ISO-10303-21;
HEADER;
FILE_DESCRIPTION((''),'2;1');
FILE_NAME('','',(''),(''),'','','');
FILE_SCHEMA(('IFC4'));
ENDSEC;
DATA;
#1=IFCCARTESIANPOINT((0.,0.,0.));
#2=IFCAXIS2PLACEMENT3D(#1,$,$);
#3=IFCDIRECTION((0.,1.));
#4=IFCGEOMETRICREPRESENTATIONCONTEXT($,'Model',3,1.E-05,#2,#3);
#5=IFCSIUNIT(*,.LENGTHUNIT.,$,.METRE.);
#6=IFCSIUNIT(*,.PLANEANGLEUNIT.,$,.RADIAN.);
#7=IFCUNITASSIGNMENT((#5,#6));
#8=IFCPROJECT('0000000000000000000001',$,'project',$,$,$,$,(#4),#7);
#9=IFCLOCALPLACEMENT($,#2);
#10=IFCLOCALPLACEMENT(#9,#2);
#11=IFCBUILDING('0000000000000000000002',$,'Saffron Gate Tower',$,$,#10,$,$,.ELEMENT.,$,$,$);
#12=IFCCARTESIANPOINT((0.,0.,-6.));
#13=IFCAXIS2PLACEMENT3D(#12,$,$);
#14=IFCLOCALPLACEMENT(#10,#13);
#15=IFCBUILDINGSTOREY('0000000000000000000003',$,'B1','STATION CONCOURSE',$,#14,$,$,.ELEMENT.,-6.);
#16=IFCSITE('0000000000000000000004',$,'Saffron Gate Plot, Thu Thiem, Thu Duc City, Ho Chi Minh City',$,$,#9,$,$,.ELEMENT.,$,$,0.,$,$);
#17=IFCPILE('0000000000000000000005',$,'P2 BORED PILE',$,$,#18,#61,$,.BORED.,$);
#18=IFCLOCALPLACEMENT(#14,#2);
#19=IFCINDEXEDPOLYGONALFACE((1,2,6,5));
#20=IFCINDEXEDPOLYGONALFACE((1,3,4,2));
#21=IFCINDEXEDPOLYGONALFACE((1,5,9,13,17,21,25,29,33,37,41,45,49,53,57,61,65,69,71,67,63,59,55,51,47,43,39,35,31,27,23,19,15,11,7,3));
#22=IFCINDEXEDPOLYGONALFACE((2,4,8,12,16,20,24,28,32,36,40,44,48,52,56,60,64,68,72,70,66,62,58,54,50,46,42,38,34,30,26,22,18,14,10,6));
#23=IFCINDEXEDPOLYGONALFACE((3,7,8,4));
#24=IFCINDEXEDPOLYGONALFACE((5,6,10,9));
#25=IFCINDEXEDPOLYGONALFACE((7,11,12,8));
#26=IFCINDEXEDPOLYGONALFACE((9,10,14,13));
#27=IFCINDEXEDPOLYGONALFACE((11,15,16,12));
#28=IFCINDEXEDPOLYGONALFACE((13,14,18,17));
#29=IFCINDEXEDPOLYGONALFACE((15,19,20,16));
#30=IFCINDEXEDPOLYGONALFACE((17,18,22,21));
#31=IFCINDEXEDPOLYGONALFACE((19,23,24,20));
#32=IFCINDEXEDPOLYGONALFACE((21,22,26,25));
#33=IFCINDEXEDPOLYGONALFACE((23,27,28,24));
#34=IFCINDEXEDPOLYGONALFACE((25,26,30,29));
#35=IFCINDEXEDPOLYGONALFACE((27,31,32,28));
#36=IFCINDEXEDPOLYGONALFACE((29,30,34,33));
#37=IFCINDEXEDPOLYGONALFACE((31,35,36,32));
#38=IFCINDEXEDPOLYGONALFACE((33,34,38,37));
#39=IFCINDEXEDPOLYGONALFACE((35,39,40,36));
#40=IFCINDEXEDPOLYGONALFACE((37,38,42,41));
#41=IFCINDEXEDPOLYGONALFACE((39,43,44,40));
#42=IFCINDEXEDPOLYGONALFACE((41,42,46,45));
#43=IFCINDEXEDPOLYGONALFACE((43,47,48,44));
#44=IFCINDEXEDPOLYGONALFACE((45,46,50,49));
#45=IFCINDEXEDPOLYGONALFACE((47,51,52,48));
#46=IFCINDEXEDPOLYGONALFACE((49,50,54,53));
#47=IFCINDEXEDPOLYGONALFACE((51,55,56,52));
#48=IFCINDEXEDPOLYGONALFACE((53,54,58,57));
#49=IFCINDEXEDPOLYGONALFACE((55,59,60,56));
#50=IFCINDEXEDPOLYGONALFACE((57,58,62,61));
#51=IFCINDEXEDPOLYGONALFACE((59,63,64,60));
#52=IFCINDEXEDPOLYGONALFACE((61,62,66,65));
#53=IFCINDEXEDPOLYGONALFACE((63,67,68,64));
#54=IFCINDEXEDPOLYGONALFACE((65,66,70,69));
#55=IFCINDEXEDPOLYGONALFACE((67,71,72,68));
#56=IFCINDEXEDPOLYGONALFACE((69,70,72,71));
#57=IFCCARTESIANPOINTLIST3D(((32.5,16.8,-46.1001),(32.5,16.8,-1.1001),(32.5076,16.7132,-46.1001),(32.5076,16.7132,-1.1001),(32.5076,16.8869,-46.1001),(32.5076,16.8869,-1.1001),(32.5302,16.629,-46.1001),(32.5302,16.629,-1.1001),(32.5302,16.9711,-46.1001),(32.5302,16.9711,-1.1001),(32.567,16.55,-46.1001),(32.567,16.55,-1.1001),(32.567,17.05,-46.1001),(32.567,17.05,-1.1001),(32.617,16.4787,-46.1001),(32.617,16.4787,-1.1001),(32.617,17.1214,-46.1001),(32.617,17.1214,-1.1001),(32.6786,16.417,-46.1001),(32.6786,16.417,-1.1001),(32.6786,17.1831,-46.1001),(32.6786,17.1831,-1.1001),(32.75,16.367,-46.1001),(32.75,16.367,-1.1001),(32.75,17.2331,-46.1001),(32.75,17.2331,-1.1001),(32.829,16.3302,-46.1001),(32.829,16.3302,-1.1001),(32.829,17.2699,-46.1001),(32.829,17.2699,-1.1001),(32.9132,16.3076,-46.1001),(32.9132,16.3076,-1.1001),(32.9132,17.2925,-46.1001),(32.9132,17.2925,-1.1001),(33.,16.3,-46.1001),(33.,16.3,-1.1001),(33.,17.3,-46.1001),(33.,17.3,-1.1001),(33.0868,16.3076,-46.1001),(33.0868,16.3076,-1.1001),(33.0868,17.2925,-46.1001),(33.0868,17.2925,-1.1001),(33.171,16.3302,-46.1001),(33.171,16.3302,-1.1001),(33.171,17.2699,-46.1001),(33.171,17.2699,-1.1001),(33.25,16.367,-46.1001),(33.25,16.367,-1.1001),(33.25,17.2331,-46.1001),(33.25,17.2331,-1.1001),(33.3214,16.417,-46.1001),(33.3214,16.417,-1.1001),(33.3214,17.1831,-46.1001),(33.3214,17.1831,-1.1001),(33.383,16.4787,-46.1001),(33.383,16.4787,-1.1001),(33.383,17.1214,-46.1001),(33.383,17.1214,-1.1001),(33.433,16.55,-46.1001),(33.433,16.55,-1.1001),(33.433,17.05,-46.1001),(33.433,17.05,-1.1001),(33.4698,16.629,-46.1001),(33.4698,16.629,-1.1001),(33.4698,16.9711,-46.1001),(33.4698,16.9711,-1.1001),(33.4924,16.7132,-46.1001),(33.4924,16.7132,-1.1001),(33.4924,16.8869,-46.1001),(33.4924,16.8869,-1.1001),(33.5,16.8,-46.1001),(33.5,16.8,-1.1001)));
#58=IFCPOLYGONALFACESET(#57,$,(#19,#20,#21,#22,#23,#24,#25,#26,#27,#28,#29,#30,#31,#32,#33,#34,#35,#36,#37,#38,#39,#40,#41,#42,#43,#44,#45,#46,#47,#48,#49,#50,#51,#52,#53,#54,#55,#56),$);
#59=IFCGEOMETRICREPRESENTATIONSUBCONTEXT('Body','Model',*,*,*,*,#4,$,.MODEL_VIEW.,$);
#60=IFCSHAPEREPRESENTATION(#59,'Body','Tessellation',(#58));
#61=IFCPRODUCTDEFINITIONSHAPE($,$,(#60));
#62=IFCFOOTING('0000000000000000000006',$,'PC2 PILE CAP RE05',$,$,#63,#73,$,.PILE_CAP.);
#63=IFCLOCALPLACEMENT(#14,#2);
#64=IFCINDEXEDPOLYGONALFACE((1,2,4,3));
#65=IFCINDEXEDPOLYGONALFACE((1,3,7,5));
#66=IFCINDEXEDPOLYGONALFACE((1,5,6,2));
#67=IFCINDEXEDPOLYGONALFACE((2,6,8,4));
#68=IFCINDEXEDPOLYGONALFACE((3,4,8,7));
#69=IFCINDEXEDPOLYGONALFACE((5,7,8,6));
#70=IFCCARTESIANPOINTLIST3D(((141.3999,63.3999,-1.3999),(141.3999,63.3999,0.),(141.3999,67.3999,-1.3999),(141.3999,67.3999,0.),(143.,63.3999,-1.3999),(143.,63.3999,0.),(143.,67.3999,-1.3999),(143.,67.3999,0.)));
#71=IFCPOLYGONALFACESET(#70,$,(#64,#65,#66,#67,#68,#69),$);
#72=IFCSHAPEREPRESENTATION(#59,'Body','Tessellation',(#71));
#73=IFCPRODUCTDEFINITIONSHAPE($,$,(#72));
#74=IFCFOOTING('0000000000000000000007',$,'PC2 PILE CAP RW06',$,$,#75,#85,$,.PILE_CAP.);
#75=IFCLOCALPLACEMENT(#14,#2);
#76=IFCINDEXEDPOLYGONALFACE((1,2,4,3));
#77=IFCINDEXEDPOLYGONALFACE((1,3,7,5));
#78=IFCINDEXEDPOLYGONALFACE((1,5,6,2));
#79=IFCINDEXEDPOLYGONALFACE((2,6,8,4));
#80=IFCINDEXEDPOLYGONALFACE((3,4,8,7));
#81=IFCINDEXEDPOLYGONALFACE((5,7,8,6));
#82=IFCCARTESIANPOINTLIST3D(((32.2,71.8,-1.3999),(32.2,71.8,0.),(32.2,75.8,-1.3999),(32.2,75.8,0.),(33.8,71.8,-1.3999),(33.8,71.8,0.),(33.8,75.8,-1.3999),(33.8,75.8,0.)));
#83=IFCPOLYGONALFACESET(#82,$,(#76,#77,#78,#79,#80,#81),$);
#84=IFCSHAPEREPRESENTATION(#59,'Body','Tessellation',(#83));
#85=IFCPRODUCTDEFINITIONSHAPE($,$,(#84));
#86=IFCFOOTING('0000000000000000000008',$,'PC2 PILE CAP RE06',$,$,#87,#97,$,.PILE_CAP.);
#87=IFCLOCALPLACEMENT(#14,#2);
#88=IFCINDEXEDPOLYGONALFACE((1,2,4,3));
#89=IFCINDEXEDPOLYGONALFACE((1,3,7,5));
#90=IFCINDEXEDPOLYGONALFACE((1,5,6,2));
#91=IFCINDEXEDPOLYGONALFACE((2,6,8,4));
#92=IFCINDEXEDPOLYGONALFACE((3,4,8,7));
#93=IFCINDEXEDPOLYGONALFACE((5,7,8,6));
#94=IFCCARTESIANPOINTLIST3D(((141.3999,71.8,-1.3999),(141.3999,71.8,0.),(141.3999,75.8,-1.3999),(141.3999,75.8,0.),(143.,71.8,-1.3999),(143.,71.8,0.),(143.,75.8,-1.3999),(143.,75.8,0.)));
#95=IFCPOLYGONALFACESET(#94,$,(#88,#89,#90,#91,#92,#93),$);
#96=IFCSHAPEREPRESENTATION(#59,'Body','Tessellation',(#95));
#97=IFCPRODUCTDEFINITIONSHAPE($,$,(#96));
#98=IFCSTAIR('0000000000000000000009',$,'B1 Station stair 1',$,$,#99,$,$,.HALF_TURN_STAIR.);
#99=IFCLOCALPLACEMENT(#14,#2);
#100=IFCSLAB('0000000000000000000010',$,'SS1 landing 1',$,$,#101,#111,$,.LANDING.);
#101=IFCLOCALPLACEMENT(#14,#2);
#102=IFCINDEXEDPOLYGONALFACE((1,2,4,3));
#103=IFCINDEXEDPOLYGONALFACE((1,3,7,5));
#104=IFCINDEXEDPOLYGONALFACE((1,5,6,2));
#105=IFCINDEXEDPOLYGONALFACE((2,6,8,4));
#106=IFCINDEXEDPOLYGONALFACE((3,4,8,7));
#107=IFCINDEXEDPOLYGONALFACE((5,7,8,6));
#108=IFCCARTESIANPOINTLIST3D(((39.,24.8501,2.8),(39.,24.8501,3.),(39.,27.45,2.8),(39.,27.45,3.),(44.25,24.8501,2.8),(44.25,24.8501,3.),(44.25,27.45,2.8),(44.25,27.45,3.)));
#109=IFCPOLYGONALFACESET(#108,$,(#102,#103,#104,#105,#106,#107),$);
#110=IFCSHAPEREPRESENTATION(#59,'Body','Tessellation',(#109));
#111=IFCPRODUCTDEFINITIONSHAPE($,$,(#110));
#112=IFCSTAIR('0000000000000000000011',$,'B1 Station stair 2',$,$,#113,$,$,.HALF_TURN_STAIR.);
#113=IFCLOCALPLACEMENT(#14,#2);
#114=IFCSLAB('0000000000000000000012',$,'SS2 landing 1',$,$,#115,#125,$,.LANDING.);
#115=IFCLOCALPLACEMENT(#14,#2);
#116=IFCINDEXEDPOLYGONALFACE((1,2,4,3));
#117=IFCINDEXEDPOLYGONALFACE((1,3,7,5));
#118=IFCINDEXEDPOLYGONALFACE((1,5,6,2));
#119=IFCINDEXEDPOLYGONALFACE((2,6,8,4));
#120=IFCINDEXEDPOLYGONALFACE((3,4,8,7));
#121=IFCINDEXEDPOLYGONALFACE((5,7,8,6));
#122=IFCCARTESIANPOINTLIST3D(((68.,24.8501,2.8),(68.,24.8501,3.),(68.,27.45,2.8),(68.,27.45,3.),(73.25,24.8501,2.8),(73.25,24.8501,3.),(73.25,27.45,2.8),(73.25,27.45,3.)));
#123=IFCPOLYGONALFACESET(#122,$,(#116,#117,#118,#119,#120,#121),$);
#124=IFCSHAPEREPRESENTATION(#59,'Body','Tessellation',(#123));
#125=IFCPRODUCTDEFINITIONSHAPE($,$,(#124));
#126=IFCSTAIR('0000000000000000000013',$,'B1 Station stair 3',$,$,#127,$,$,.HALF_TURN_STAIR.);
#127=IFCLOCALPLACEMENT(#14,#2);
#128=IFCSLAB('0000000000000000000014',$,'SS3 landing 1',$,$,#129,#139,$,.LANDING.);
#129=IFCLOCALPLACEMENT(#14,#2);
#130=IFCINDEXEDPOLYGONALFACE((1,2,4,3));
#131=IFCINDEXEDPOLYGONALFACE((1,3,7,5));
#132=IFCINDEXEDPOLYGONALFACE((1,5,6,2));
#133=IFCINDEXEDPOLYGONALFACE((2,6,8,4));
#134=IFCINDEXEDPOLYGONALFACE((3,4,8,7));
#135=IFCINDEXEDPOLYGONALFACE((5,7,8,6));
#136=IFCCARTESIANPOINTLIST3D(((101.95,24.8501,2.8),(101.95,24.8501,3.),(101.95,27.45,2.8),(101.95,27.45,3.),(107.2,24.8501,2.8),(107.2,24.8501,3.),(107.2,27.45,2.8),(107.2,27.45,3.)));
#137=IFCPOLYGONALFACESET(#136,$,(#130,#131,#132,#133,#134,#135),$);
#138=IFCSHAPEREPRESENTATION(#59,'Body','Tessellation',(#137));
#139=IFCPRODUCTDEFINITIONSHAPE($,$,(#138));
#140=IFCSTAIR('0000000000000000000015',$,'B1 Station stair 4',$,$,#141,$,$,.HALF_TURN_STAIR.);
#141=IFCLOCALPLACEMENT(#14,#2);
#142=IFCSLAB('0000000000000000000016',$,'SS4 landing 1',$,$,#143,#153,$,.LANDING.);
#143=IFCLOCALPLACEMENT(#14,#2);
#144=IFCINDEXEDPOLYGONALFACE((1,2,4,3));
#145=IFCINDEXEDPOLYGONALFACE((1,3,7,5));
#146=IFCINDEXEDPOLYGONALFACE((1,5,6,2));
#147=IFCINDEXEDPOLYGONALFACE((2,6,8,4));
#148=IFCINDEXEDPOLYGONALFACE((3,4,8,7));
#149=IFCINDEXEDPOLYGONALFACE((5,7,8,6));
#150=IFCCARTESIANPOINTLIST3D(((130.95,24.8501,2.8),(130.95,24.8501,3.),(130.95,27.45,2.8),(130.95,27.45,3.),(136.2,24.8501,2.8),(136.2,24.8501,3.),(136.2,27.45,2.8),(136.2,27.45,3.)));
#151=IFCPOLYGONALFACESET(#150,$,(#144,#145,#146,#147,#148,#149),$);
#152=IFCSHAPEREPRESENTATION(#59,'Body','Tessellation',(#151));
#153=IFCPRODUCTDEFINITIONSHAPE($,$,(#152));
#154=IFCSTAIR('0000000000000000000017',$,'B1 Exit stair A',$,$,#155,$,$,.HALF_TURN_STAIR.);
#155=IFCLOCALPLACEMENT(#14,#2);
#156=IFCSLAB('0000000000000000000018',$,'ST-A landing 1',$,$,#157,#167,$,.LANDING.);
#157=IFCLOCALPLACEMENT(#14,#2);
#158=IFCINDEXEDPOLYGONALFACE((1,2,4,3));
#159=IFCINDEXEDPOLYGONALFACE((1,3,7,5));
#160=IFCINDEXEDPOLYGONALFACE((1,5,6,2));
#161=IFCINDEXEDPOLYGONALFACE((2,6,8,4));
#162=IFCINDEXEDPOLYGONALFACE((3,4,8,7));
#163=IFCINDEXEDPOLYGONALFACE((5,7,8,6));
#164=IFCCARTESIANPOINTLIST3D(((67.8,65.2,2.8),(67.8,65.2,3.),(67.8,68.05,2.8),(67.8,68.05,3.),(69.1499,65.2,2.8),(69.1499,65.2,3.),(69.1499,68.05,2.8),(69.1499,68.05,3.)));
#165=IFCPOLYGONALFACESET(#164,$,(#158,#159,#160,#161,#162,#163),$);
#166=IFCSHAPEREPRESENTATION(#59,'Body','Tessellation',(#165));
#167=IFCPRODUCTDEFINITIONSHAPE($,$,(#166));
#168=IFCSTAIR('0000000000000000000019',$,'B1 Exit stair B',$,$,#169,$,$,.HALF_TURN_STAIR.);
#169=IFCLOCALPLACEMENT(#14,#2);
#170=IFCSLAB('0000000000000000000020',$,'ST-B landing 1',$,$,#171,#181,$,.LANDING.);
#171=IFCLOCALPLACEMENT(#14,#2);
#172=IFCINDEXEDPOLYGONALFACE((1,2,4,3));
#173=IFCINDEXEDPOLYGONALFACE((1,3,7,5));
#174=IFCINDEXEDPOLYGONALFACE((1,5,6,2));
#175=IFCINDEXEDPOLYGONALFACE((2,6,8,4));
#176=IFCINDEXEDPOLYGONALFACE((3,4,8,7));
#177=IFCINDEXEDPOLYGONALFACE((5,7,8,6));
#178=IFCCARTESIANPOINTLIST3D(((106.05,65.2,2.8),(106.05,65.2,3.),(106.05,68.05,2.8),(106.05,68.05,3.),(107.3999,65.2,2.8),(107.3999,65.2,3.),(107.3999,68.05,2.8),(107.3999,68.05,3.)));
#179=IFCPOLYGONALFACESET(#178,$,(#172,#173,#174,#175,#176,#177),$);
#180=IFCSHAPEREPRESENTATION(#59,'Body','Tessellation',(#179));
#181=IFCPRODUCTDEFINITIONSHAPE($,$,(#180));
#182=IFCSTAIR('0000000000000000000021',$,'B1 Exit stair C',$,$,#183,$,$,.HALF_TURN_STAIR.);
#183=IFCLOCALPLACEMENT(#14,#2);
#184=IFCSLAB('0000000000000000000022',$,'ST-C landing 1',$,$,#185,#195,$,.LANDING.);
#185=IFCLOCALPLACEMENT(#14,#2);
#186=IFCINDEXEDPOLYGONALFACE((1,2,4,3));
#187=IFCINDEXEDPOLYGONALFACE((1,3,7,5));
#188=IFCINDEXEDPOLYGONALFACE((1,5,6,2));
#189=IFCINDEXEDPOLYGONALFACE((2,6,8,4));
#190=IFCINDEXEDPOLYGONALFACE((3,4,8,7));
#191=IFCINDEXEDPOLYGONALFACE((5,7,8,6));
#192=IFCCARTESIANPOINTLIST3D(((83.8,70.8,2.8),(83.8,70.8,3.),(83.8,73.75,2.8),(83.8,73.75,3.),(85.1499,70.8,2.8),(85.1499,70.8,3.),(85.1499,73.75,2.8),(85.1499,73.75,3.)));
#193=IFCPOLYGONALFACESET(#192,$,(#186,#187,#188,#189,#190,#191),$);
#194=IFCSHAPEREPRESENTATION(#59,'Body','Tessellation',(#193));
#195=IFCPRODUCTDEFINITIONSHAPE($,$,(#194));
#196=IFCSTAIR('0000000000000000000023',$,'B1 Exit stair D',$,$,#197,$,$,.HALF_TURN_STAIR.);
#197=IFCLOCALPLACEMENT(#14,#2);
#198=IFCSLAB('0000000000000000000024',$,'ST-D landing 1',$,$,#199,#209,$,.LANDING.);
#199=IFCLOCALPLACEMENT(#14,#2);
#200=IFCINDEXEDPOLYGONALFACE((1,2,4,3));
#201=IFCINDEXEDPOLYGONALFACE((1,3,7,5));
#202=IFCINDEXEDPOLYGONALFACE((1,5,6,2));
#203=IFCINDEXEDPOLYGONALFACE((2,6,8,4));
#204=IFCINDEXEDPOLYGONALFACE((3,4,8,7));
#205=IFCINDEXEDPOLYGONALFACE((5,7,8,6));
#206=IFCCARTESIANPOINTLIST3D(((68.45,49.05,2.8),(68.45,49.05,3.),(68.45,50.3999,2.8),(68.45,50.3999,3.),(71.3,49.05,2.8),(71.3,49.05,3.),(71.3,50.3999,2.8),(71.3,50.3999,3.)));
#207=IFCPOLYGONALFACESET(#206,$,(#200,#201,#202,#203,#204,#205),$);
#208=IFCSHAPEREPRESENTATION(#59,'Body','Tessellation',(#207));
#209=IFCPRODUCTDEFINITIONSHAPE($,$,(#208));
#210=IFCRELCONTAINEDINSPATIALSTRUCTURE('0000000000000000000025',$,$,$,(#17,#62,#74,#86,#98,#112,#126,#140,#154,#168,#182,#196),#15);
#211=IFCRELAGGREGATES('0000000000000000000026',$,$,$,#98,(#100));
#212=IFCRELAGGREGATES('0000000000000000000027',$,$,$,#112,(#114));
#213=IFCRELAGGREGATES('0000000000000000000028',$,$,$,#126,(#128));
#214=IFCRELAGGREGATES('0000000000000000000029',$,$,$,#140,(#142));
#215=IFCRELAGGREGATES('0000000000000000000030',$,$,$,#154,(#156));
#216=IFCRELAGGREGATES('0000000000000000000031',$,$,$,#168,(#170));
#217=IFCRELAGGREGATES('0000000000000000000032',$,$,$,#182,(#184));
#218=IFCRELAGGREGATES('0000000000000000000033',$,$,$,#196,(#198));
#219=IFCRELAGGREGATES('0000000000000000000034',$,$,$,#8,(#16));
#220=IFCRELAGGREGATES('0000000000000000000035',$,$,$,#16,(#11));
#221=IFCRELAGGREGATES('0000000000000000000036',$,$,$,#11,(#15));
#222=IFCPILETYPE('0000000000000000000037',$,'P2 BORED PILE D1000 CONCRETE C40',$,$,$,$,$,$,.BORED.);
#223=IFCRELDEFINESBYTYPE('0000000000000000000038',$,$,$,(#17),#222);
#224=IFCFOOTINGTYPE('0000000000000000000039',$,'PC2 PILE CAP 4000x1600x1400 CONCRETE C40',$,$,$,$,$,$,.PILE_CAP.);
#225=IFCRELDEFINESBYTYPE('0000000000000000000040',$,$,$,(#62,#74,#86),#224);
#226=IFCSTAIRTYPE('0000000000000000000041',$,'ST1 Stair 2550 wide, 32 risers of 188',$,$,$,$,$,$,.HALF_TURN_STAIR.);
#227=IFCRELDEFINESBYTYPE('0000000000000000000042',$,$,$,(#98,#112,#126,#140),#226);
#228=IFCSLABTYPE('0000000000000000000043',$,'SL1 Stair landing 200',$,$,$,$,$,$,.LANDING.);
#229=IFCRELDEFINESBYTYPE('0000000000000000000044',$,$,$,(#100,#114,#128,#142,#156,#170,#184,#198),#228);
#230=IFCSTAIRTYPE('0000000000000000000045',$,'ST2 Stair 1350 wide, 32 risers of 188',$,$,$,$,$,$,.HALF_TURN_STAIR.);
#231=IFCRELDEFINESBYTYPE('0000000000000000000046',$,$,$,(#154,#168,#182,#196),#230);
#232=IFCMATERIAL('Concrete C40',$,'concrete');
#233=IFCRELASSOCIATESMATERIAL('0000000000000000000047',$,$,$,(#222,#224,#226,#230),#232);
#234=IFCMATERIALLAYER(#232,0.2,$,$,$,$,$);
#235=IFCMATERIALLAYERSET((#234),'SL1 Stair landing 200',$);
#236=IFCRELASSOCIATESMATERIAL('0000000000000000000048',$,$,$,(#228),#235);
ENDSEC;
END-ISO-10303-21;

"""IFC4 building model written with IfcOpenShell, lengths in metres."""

from ifc_helpers import new_model, si_unit, direction, frame, origin, origin_2d, place, context, subcontext, project, spatial, polyline, circle, outline, extrude, material, layer, layer_set, material_profile, profile_set, type_object, element, aggregate, save


model = new_model("IFC4")

# Units and contexts
model_context = context("Model", 3, precision=1e-05, world=origin(), true_north=direction((0.0, 1.0)))
body_context = subcontext(model_context, "Body", "Model", "MODEL_VIEW")
ifc_project = project(units=[si_unit("LENGTHUNIT", "METRE"), si_unit("PLANEANGLEUNIT", "RADIAN")], contexts=[model_context])

# Site, building, storey
site_placement = place(None, origin())
site = spatial("IfcSite", under=ifc_project, at=site_placement, Name="Saffron Gate Plot, Thu Thiem, Thu Duc City, Ho Chi Minh City", CompositionType="ELEMENT", RefElevation=0.0)
building_placement = place(site_placement, origin())
building = spatial("IfcBuilding", under=site, at=building_placement, Name="Saffron Gate Tower", CompositionType="ELEMENT")
storey_placement = place(building_placement, frame((0.0, 0.0, -6.0)))
storey = spatial("IfcBuildingStorey", under=building, at=storey_placement, Name="B1", Description="STATION CONCOURSE", CompositionType="ELEMENT", Elevation=-6.0)

# Pile
ifc_material = material(Name="Concrete C40", Category="concrete")
ifc_material_profile = material_profile(ifc_material, circle(Radius=0.5, at=origin_2d()))
ifc_profile_set = profile_set([ifc_material_profile], Name="Concrete C40")
pile_type = type_object("IfcPileType", Name="P2 BORED PILE D1000 CONCRETE C40", PredefinedType="BORED", material=ifc_profile_set)
pile_placement = place(storey_placement, frame((33.0, 16.8, -1.1001), z_axis=(0.0, 0.0, -1.0), x_axis=(1.0, 0.0, 0.0)))
element("IfcPile", 1, at=pile_placement, inside=storey, type_object=pile_type, Name="P2 BORED PILE", PredefinedType="BORED", context=body_context, shape_type="SweptSolid", body=[
    extrude(circle(Radius=0.5, at=origin_2d()), origin(), (0.0, 0.0, 1.0), 45.0),
])

# Footings
footing_type = type_object("IfcFootingType", Name="PC2 PILE CAP 4000x1600x1400 CONCRETE C40", PredefinedType="PILE_CAP", material=ifc_material)
footing_1_placement = place(storey_placement, frame((0.0, 0.0, -1.3999)))
element("IfcFooting", 2, at=footing_1_placement, inside=storey, type_object=footing_type, Name="PC2 PILE CAP RE05", PredefinedType="PILE_CAP", context=body_context, shape_type="SweptSolid", body=[
    extrude(outline(polyline([(141.3999, 63.3999), (143.0, 63.3999), (143.0, 67.3999), (141.3999, 67.3999), (141.3999, 63.3999)])), origin(), (0.0, 0.0, 1.0), 1.3999),
])
footing_2_placement = place(storey_placement, frame((0.0, 0.0, -1.3999)))
element("IfcFooting", 3, at=footing_2_placement, inside=storey, type_object=footing_type, Name="PC2 PILE CAP RW06", PredefinedType="PILE_CAP", context=body_context, shape_type="SweptSolid", body=[
    extrude(outline(polyline([(32.2, 71.8), (33.8, 71.8), (33.8, 75.8), (32.2, 75.8), (32.2, 71.8)])), origin(), (0.0, 0.0, 1.0), 1.3999),
])
footing_3_placement = place(storey_placement, frame((0.0, 0.0, -1.3999)))
element("IfcFooting", 4, at=footing_3_placement, inside=storey, type_object=footing_type, Name="PC2 PILE CAP RE06", PredefinedType="PILE_CAP", context=body_context, shape_type="SweptSolid", body=[
    extrude(outline(polyline([(141.3999, 71.8), (143.0, 71.8), (143.0, 75.8), (141.3999, 75.8), (141.3999, 71.8)])), origin(), (0.0, 0.0, 1.0), 1.3999),
])

# Stairs, slabs
stair_type_1 = type_object("IfcStairType", Name="ST1 Stair 2550 wide, 32 risers of 188", PredefinedType="HALF_TURN_STAIR", material=ifc_material)
stair_1_placement = place(storey_placement, origin())
stair_1 = element("IfcStair", 5, at=stair_1_placement, inside=storey, type_object=stair_type_1, Name="B1 Station stair 1", PredefinedType="HALF_TURN_STAIR")
ifc_layer_1 = layer(ifc_material, 0.2)
ifc_layer_set_1 = layer_set([ifc_layer_1], Name="SL1 Stair landing 200")
slab_type_1 = type_object("IfcSlabType", Name="SL1 Stair landing 200", PredefinedType="LANDING", material=ifc_layer_set_1)
slab_1_placement = place(storey_placement, frame((0.0, 0.0, 2.8)))
slab_1 = element("IfcSlab", 6, at=slab_1_placement, type_object=slab_type_1, Name="SS1 landing 1", PredefinedType="LANDING", context=body_context, shape_type="SweptSolid", body=[
    extrude(outline(polyline([(44.25, 24.8501), (44.25, 27.45), (39.0, 27.45), (39.0, 24.8501), (44.25, 24.8501)])), origin(), (0.0, 0.0, 1.0), 0.2),
])
aggregate(stair_1, [slab_1])
stair_2_placement = place(storey_placement, origin())
stair_2 = element("IfcStair", 7, at=stair_2_placement, inside=storey, type_object=stair_type_1, Name="B1 Station stair 2", PredefinedType="HALF_TURN_STAIR")
slab_2_placement = place(storey_placement, frame((0.0, 0.0, 2.8)))
slab_2 = element("IfcSlab", 8, at=slab_2_placement, type_object=slab_type_1, Name="SS2 landing 1", PredefinedType="LANDING", context=body_context, shape_type="SweptSolid", body=[
    extrude(outline(polyline([(73.25, 24.8501), (73.25, 27.45), (68.0, 27.45), (68.0, 24.8501), (73.25, 24.8501)])), origin(), (0.0, 0.0, 1.0), 0.2),
])
aggregate(stair_2, [slab_2])
stair_3_placement = place(storey_placement, origin())
stair_3 = element("IfcStair", 9, at=stair_3_placement, inside=storey, type_object=stair_type_1, Name="B1 Station stair 3", PredefinedType="HALF_TURN_STAIR")
slab_3_placement = place(storey_placement, frame((0.0, 0.0, 2.8)))
slab_3 = element("IfcSlab", 10, at=slab_3_placement, type_object=slab_type_1, Name="SS3 landing 1", PredefinedType="LANDING", context=body_context, shape_type="SweptSolid", body=[
    extrude(outline(polyline([(107.2, 24.8501), (107.2, 27.45), (101.95, 27.45), (101.95, 24.8501), (107.2, 24.8501)])), origin(), (0.0, 0.0, 1.0), 0.2),
])
aggregate(stair_3, [slab_3])
stair_4_placement = place(storey_placement, origin())
stair_4 = element("IfcStair", 11, at=stair_4_placement, inside=storey, type_object=stair_type_1, Name="B1 Station stair 4", PredefinedType="HALF_TURN_STAIR")
slab_4_placement = place(storey_placement, frame((0.0, 0.0, 2.8)))
slab_4 = element("IfcSlab", 12, at=slab_4_placement, type_object=slab_type_1, Name="SS4 landing 1", PredefinedType="LANDING", context=body_context, shape_type="SweptSolid", body=[
    extrude(outline(polyline([(136.2, 24.8501), (136.2, 27.45), (130.95, 27.45), (130.95, 24.8501), (136.2, 24.8501)])), origin(), (0.0, 0.0, 1.0), 0.2),
])
aggregate(stair_4, [slab_4])
stair_type_2 = type_object("IfcStairType", Name="ST2 Stair 1350 wide, 32 risers of 188", PredefinedType="HALF_TURN_STAIR", material=ifc_material)
stair_5_placement = place(storey_placement, origin())
stair_5 = element("IfcStair", 13, at=stair_5_placement, inside=storey, type_object=stair_type_2, Name="B1 Exit stair A", PredefinedType="HALF_TURN_STAIR")
slab_5_placement = place(storey_placement, frame((0.0, 0.0, 2.8)))
slab_5 = element("IfcSlab", 14, at=slab_5_placement, type_object=slab_type_1, Name="ST-A landing 1", PredefinedType="LANDING", context=body_context, shape_type="SweptSolid", body=[
    extrude(outline(polyline([(69.1499, 68.05), (67.8, 68.05), (67.8, 65.2), (69.1499, 65.2), (69.1499, 68.05)])), origin(), (0.0, 0.0, 1.0), 0.2),
])
aggregate(stair_5, [slab_5])
stair_6_placement = place(storey_placement, origin())
stair_6 = element("IfcStair", 15, at=stair_6_placement, inside=storey, type_object=stair_type_2, Name="B1 Exit stair B", PredefinedType="HALF_TURN_STAIR")
slab_6_placement = place(storey_placement, frame((0.0, 0.0, 2.8)))
slab_6 = element("IfcSlab", 16, at=slab_6_placement, type_object=slab_type_1, Name="ST-B landing 1", PredefinedType="LANDING", context=body_context, shape_type="SweptSolid", body=[
    extrude(outline(polyline([(106.05, 65.2), (107.3999, 65.2), (107.3999, 68.05), (106.05, 68.05), (106.05, 65.2)])), origin(), (0.0, 0.0, 1.0), 0.2),
])
aggregate(stair_6, [slab_6])
stair_7_placement = place(storey_placement, origin())
stair_7 = element("IfcStair", 17, at=stair_7_placement, inside=storey, type_object=stair_type_2, Name="B1 Exit stair C", PredefinedType="HALF_TURN_STAIR")
slab_7_placement = place(storey_placement, frame((0.0, 0.0, 2.8)))
slab_7 = element("IfcSlab", 18, at=slab_7_placement, type_object=slab_type_1, Name="ST-C landing 1", PredefinedType="LANDING", context=body_context, shape_type="SweptSolid", body=[
    extrude(outline(polyline([(85.1499, 73.75), (83.8, 73.75), (83.8, 70.8), (85.1499, 70.8), (85.1499, 73.75)])), origin(), (0.0, 0.0, 1.0), 0.2),
])
aggregate(stair_7, [slab_7])
stair_8_placement = place(storey_placement, origin())
stair_8 = element("IfcStair", 19, at=stair_8_placement, inside=storey, type_object=stair_type_2, Name="B1 Exit stair D", PredefinedType="HALF_TURN_STAIR")
slab_8_placement = place(storey_placement, frame((0.0, 0.0, 2.8)))
slab_8 = element("IfcSlab", 20, at=slab_8_placement, type_object=slab_type_1, Name="ST-D landing 1", PredefinedType="LANDING", context=body_context, shape_type="SweptSolid", body=[
    extrude(outline(polyline([(71.3, 49.05), (71.3, 50.3999), (68.45, 50.3999), (68.45, 49.05), (71.3, 49.05)])), origin(), (0.0, 0.0, 1.0), 0.2),
])
aggregate(stair_8, [slab_8])

save(model, "model.ifc")
